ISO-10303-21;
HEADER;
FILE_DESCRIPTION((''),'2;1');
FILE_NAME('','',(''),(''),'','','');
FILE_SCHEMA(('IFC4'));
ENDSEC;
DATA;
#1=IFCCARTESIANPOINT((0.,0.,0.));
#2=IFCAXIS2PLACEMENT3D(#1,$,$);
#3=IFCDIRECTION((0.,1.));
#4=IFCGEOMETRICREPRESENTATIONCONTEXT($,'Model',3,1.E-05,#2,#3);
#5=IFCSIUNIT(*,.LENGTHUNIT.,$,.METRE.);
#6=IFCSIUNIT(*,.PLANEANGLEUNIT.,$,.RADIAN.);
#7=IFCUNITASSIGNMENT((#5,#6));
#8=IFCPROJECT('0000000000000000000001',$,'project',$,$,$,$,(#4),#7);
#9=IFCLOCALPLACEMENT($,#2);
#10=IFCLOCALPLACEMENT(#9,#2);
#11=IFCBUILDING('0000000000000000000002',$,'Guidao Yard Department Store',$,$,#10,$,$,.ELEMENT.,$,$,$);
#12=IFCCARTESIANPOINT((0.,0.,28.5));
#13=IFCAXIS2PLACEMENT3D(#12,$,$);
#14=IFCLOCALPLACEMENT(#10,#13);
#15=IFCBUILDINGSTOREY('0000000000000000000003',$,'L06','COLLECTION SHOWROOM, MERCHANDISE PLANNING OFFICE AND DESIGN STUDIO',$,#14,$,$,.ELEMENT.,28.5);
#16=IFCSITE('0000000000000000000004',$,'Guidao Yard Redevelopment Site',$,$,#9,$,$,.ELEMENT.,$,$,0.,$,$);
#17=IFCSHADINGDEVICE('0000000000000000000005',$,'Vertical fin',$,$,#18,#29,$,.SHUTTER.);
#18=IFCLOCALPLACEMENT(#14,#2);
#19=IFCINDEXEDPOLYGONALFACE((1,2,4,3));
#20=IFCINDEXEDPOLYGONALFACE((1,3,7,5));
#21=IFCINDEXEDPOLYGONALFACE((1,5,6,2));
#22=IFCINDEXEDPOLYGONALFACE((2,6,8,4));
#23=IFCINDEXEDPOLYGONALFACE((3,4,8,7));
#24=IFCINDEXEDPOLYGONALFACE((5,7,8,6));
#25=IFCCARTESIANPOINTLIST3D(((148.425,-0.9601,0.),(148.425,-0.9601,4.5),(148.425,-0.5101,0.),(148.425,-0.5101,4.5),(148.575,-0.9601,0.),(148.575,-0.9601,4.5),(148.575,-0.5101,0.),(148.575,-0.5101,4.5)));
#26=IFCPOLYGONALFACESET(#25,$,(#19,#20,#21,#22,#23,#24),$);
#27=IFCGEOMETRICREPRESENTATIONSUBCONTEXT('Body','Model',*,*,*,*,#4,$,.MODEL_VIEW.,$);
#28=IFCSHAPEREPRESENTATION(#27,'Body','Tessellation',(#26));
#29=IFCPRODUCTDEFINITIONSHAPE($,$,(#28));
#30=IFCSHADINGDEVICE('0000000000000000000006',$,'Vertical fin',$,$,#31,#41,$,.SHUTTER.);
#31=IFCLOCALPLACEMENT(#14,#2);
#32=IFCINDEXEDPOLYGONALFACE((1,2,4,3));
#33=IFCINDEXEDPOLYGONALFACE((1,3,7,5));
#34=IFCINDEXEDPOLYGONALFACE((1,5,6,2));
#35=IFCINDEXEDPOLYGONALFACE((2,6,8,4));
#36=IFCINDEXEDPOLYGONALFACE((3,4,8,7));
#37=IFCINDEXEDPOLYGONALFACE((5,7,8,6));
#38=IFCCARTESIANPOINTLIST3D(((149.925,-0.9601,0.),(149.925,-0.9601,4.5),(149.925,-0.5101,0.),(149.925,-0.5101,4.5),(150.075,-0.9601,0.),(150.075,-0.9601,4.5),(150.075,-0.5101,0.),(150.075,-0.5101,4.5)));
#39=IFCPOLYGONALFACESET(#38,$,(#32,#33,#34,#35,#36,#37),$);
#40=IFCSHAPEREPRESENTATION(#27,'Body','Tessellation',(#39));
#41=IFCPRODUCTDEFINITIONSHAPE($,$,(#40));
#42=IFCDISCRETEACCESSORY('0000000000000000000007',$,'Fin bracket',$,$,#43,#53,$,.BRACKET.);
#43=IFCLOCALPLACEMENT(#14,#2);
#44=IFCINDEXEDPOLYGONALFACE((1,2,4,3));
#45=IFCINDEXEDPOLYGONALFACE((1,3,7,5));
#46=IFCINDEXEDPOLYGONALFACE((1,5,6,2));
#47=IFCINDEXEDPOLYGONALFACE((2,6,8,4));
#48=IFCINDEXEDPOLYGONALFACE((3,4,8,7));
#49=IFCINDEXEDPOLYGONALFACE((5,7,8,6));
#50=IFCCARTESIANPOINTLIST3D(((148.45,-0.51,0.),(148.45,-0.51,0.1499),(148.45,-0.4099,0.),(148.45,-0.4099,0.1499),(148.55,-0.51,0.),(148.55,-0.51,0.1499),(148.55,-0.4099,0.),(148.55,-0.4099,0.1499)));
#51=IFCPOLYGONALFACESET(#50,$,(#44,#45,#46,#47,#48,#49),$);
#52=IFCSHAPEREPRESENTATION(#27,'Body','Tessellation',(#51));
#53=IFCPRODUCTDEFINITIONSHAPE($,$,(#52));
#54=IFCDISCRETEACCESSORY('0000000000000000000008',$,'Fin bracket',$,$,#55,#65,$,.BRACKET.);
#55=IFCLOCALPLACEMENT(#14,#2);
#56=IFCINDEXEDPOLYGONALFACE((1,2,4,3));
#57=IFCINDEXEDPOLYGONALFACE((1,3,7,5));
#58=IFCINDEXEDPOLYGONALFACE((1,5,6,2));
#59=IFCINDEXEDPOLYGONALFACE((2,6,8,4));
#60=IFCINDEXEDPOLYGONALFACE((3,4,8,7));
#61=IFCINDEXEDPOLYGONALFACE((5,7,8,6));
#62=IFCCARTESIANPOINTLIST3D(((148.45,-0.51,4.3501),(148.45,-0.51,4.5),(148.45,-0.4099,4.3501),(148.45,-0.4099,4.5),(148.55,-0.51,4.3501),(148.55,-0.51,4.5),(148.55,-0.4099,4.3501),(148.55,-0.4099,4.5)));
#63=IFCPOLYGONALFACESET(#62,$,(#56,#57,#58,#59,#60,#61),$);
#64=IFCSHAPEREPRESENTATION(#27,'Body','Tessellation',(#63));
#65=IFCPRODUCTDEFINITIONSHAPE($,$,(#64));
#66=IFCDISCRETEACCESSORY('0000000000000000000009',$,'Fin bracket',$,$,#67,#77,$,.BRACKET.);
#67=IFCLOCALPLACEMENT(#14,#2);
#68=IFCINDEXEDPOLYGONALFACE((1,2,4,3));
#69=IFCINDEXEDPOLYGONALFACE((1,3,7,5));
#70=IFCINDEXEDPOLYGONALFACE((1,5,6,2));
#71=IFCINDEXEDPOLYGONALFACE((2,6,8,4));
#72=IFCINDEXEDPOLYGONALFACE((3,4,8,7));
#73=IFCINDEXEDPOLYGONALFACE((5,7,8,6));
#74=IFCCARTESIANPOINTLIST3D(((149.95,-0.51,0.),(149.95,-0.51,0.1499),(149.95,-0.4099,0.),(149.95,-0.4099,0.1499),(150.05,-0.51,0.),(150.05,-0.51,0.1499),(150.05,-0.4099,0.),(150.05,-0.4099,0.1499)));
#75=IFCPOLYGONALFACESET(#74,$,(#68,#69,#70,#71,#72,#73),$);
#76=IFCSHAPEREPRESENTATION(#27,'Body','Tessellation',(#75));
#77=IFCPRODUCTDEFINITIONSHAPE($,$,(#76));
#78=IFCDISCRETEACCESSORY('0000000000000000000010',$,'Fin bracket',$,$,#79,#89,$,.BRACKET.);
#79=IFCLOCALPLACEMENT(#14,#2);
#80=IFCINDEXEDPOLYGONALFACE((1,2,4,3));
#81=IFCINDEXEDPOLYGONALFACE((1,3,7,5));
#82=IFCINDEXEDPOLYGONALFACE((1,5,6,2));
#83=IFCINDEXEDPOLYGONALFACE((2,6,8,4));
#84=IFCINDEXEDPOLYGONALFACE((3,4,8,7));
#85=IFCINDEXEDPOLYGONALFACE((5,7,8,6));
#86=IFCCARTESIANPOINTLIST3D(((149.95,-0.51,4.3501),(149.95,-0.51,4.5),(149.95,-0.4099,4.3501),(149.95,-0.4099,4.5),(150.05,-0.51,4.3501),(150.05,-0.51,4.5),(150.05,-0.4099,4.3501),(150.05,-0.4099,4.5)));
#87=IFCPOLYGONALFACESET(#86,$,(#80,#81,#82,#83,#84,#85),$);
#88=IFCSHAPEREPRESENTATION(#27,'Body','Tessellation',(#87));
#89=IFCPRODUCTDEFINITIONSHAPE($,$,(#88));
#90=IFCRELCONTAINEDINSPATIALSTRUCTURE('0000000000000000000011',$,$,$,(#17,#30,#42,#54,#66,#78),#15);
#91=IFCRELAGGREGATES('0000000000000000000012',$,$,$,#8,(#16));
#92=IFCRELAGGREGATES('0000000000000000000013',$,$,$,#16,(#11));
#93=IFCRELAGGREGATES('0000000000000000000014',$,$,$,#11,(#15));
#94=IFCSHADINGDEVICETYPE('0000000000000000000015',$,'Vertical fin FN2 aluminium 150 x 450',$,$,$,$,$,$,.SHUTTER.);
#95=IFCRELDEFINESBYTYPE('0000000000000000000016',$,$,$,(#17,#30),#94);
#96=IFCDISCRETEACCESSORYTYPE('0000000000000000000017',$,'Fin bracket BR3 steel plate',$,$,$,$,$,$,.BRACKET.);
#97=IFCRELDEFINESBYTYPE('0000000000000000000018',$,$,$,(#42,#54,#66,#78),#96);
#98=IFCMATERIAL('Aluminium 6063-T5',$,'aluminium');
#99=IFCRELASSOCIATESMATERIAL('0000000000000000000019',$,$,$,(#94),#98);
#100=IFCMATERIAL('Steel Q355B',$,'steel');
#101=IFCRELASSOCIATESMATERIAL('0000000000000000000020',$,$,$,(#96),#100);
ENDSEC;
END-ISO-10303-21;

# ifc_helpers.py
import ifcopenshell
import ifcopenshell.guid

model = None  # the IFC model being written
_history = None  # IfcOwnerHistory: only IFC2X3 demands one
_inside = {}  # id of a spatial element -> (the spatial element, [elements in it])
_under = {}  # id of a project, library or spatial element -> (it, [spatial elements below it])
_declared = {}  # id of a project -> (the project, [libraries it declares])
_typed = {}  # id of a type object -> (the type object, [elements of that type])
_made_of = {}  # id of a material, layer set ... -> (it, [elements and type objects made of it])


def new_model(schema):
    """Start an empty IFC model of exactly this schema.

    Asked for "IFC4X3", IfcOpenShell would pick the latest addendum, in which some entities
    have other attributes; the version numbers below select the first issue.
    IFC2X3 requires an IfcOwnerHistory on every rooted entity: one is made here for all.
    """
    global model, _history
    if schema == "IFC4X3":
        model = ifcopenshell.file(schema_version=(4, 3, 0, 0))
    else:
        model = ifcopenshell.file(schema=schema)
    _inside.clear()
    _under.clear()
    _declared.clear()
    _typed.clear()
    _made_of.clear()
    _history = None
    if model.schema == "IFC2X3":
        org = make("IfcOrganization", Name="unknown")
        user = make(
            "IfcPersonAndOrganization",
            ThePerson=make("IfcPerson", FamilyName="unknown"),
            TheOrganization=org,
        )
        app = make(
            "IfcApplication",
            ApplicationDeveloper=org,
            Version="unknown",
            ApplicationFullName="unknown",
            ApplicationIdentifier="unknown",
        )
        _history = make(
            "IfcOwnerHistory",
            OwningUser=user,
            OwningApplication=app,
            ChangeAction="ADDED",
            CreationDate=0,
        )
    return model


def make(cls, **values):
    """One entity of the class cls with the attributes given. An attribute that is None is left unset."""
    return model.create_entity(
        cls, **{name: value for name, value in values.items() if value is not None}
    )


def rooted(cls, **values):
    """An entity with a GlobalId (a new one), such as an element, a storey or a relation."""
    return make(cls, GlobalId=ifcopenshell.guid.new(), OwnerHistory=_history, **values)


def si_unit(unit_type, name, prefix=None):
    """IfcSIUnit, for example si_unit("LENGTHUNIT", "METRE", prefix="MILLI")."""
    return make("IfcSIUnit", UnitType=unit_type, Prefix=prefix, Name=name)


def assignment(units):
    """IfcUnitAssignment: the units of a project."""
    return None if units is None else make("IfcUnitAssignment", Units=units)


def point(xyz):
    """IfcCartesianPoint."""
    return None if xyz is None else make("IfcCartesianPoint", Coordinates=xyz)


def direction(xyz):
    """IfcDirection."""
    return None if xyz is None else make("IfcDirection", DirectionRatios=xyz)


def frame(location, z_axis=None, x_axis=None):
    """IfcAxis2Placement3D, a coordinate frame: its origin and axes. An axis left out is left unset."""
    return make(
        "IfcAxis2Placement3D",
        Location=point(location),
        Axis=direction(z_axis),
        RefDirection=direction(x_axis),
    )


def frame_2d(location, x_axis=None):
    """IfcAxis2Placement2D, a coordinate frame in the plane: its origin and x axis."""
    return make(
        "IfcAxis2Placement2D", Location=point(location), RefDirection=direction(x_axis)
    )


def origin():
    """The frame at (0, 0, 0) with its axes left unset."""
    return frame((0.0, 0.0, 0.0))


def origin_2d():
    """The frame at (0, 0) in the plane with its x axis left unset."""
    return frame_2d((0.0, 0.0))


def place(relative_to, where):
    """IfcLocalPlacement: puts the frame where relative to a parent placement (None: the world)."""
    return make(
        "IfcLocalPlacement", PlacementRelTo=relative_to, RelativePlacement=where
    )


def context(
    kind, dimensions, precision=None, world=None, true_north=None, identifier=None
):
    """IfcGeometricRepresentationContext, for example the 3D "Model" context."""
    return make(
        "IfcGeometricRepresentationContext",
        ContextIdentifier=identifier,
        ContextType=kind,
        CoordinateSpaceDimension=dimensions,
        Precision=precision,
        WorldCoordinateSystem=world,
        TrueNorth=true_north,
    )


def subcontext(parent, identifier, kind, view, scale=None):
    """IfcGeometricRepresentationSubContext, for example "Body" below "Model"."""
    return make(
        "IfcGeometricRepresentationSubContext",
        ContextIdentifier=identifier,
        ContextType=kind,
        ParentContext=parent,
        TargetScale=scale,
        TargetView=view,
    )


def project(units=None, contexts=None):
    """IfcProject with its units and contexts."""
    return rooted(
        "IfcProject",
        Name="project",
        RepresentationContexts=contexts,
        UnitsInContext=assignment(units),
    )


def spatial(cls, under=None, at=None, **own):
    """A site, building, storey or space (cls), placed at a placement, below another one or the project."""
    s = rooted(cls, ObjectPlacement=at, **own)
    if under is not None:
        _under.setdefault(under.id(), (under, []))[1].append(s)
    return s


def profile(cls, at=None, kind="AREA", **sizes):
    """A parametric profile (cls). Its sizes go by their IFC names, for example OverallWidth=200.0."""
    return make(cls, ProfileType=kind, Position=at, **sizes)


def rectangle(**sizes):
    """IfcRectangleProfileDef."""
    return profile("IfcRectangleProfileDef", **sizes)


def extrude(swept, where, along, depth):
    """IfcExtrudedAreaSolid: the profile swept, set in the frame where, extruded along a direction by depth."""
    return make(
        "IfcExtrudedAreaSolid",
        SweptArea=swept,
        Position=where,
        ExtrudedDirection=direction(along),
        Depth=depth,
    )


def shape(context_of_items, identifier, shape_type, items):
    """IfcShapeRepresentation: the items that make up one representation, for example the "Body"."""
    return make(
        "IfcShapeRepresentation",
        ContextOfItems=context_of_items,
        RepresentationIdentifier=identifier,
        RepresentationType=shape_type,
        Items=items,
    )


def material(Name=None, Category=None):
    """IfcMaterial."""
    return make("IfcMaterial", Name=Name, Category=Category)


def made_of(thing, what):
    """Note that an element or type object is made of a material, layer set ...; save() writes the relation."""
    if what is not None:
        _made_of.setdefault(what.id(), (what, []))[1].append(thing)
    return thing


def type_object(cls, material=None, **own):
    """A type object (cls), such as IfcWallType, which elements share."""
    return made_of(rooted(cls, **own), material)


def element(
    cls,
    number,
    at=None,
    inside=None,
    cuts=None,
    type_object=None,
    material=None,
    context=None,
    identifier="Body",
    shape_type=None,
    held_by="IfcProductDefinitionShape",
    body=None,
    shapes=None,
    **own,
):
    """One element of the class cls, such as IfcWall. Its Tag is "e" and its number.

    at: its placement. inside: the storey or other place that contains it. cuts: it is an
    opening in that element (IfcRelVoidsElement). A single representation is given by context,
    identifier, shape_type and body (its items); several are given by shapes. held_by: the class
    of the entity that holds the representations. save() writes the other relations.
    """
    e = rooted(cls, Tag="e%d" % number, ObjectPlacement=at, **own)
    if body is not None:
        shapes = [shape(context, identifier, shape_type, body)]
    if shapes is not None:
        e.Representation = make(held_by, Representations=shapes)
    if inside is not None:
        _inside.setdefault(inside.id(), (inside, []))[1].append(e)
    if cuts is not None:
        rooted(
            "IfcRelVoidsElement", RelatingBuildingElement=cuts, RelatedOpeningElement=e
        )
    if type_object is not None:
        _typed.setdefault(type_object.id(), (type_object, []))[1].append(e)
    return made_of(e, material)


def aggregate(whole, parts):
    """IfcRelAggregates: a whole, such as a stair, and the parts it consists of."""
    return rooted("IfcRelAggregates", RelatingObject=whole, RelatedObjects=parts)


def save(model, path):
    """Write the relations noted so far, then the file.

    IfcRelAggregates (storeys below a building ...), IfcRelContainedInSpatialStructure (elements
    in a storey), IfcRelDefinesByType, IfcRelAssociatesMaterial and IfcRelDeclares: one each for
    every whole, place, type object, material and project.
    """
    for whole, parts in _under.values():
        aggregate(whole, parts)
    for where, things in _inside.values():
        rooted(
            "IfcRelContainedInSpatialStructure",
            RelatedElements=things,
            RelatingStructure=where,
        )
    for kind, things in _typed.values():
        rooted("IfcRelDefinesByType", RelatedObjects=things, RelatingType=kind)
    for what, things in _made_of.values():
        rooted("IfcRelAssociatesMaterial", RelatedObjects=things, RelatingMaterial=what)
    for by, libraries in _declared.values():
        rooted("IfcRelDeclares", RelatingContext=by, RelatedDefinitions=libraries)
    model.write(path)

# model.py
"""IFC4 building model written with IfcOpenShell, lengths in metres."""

from ifc_helpers import new_model, si_unit, direction, frame, origin, origin_2d, place, context, subcontext, project, spatial, rectangle, extrude, material, type_object, element, save


model = new_model("IFC4")

# Units and contexts
model_context = context("Model", 3, precision=1e-05, world=origin(), true_north=direction((0.0, 1.0)))
body_context = subcontext(model_context, "Body", "Model", "MODEL_VIEW")
ifc_project = project(units=[si_unit("LENGTHUNIT", "METRE"), si_unit("PLANEANGLEUNIT", "RADIAN")], contexts=[model_context])

# Site, building, storey
site_placement = place(None, origin())
site = spatial("IfcSite", under=ifc_project, at=site_placement, Name="Guidao Yard Redevelopment Site", CompositionType="ELEMENT", RefElevation=0.0)
building_placement = place(site_placement, origin())
building = spatial("IfcBuilding", under=site, at=building_placement, Name="Guidao Yard Department Store", CompositionType="ELEMENT")
storey_placement = place(building_placement, frame((0.0, 0.0, 28.5)))
storey = spatial("IfcBuildingStorey", under=building, at=storey_placement, Name="L06", Description="COLLECTION SHOWROOM, MERCHANDISE PLANNING OFFICE AND DESIGN STUDIO", CompositionType="ELEMENT", Elevation=28.5)

# Shading devices
ifc_material_1 = material(Name="Aluminium 6063-T5", Category="aluminium")
shading_device_type = type_object("IfcShadingDeviceType", Name="Vertical fin FN2 aluminium 150 x 450", PredefinedType="SHUTTER", material=ifc_material_1)
for number, where, z_axis, x_axis, name in (
    (1, (148.5, -0.7351, 0.0), (0.0, 0.0, 1.0), (-1.0, 0.0, 0.0), "Vertical fin"),
    (2, (150.0, -0.7351, 0.0), (0.0, 0.0, 1.0), (-1.0, 0.0, 0.0), "Vertical fin"),
):
    element("IfcShadingDevice", number, at=place(storey_placement, frame(where, z_axis=z_axis, x_axis=x_axis)), inside=storey, type_object=shading_device_type, Name=name, PredefinedType="SHUTTER", context=body_context, shape_type="SweptSolid", body=[
        extrude(rectangle(XDim=0.1499, YDim=0.45, at=origin_2d()), origin(), (0.0, 0.0, 1.0), 4.5),
    ])

# Discrete accessories
ifc_material_2 = material(Name="Steel Q355B", Category="steel")
discrete_accessory_type = type_object("IfcDiscreteAccessoryType", Name="Fin bracket BR3 steel plate", PredefinedType="BRACKET", material=ifc_material_2)
for number, where, z_axis, x_axis, name in (
    (3, (148.5, -0.46, 0.0), (0.0, 0.0, 1.0), (-1.0, 0.0, 0.0), "Fin bracket"),
    (4, (148.5, -0.46, 4.3501), (0.0, 0.0, 1.0), (-1.0, 0.0, 0.0), "Fin bracket"),
    (5, (150.0, -0.46, 0.0), (0.0, 0.0, 1.0), (-1.0, 0.0, 0.0), "Fin bracket"),
    (6, (150.0, -0.46, 4.3501), (0.0, 0.0, 1.0), (-1.0, 0.0, 0.0), "Fin bracket"),
):
    element("IfcDiscreteAccessory", number, at=place(storey_placement, frame(where, z_axis=z_axis, x_axis=x_axis)), inside=storey, type_object=discrete_accessory_type, Name=name, PredefinedType="BRACKET", context=body_context, shape_type="SweptSolid", body=[
        extrude(rectangle(XDim=0.1001, YDim=0.1001, at=origin_2d()), origin(), (0.0, 0.0, 1.0), 0.1499),
    ])

save(model, "model.ifc")
